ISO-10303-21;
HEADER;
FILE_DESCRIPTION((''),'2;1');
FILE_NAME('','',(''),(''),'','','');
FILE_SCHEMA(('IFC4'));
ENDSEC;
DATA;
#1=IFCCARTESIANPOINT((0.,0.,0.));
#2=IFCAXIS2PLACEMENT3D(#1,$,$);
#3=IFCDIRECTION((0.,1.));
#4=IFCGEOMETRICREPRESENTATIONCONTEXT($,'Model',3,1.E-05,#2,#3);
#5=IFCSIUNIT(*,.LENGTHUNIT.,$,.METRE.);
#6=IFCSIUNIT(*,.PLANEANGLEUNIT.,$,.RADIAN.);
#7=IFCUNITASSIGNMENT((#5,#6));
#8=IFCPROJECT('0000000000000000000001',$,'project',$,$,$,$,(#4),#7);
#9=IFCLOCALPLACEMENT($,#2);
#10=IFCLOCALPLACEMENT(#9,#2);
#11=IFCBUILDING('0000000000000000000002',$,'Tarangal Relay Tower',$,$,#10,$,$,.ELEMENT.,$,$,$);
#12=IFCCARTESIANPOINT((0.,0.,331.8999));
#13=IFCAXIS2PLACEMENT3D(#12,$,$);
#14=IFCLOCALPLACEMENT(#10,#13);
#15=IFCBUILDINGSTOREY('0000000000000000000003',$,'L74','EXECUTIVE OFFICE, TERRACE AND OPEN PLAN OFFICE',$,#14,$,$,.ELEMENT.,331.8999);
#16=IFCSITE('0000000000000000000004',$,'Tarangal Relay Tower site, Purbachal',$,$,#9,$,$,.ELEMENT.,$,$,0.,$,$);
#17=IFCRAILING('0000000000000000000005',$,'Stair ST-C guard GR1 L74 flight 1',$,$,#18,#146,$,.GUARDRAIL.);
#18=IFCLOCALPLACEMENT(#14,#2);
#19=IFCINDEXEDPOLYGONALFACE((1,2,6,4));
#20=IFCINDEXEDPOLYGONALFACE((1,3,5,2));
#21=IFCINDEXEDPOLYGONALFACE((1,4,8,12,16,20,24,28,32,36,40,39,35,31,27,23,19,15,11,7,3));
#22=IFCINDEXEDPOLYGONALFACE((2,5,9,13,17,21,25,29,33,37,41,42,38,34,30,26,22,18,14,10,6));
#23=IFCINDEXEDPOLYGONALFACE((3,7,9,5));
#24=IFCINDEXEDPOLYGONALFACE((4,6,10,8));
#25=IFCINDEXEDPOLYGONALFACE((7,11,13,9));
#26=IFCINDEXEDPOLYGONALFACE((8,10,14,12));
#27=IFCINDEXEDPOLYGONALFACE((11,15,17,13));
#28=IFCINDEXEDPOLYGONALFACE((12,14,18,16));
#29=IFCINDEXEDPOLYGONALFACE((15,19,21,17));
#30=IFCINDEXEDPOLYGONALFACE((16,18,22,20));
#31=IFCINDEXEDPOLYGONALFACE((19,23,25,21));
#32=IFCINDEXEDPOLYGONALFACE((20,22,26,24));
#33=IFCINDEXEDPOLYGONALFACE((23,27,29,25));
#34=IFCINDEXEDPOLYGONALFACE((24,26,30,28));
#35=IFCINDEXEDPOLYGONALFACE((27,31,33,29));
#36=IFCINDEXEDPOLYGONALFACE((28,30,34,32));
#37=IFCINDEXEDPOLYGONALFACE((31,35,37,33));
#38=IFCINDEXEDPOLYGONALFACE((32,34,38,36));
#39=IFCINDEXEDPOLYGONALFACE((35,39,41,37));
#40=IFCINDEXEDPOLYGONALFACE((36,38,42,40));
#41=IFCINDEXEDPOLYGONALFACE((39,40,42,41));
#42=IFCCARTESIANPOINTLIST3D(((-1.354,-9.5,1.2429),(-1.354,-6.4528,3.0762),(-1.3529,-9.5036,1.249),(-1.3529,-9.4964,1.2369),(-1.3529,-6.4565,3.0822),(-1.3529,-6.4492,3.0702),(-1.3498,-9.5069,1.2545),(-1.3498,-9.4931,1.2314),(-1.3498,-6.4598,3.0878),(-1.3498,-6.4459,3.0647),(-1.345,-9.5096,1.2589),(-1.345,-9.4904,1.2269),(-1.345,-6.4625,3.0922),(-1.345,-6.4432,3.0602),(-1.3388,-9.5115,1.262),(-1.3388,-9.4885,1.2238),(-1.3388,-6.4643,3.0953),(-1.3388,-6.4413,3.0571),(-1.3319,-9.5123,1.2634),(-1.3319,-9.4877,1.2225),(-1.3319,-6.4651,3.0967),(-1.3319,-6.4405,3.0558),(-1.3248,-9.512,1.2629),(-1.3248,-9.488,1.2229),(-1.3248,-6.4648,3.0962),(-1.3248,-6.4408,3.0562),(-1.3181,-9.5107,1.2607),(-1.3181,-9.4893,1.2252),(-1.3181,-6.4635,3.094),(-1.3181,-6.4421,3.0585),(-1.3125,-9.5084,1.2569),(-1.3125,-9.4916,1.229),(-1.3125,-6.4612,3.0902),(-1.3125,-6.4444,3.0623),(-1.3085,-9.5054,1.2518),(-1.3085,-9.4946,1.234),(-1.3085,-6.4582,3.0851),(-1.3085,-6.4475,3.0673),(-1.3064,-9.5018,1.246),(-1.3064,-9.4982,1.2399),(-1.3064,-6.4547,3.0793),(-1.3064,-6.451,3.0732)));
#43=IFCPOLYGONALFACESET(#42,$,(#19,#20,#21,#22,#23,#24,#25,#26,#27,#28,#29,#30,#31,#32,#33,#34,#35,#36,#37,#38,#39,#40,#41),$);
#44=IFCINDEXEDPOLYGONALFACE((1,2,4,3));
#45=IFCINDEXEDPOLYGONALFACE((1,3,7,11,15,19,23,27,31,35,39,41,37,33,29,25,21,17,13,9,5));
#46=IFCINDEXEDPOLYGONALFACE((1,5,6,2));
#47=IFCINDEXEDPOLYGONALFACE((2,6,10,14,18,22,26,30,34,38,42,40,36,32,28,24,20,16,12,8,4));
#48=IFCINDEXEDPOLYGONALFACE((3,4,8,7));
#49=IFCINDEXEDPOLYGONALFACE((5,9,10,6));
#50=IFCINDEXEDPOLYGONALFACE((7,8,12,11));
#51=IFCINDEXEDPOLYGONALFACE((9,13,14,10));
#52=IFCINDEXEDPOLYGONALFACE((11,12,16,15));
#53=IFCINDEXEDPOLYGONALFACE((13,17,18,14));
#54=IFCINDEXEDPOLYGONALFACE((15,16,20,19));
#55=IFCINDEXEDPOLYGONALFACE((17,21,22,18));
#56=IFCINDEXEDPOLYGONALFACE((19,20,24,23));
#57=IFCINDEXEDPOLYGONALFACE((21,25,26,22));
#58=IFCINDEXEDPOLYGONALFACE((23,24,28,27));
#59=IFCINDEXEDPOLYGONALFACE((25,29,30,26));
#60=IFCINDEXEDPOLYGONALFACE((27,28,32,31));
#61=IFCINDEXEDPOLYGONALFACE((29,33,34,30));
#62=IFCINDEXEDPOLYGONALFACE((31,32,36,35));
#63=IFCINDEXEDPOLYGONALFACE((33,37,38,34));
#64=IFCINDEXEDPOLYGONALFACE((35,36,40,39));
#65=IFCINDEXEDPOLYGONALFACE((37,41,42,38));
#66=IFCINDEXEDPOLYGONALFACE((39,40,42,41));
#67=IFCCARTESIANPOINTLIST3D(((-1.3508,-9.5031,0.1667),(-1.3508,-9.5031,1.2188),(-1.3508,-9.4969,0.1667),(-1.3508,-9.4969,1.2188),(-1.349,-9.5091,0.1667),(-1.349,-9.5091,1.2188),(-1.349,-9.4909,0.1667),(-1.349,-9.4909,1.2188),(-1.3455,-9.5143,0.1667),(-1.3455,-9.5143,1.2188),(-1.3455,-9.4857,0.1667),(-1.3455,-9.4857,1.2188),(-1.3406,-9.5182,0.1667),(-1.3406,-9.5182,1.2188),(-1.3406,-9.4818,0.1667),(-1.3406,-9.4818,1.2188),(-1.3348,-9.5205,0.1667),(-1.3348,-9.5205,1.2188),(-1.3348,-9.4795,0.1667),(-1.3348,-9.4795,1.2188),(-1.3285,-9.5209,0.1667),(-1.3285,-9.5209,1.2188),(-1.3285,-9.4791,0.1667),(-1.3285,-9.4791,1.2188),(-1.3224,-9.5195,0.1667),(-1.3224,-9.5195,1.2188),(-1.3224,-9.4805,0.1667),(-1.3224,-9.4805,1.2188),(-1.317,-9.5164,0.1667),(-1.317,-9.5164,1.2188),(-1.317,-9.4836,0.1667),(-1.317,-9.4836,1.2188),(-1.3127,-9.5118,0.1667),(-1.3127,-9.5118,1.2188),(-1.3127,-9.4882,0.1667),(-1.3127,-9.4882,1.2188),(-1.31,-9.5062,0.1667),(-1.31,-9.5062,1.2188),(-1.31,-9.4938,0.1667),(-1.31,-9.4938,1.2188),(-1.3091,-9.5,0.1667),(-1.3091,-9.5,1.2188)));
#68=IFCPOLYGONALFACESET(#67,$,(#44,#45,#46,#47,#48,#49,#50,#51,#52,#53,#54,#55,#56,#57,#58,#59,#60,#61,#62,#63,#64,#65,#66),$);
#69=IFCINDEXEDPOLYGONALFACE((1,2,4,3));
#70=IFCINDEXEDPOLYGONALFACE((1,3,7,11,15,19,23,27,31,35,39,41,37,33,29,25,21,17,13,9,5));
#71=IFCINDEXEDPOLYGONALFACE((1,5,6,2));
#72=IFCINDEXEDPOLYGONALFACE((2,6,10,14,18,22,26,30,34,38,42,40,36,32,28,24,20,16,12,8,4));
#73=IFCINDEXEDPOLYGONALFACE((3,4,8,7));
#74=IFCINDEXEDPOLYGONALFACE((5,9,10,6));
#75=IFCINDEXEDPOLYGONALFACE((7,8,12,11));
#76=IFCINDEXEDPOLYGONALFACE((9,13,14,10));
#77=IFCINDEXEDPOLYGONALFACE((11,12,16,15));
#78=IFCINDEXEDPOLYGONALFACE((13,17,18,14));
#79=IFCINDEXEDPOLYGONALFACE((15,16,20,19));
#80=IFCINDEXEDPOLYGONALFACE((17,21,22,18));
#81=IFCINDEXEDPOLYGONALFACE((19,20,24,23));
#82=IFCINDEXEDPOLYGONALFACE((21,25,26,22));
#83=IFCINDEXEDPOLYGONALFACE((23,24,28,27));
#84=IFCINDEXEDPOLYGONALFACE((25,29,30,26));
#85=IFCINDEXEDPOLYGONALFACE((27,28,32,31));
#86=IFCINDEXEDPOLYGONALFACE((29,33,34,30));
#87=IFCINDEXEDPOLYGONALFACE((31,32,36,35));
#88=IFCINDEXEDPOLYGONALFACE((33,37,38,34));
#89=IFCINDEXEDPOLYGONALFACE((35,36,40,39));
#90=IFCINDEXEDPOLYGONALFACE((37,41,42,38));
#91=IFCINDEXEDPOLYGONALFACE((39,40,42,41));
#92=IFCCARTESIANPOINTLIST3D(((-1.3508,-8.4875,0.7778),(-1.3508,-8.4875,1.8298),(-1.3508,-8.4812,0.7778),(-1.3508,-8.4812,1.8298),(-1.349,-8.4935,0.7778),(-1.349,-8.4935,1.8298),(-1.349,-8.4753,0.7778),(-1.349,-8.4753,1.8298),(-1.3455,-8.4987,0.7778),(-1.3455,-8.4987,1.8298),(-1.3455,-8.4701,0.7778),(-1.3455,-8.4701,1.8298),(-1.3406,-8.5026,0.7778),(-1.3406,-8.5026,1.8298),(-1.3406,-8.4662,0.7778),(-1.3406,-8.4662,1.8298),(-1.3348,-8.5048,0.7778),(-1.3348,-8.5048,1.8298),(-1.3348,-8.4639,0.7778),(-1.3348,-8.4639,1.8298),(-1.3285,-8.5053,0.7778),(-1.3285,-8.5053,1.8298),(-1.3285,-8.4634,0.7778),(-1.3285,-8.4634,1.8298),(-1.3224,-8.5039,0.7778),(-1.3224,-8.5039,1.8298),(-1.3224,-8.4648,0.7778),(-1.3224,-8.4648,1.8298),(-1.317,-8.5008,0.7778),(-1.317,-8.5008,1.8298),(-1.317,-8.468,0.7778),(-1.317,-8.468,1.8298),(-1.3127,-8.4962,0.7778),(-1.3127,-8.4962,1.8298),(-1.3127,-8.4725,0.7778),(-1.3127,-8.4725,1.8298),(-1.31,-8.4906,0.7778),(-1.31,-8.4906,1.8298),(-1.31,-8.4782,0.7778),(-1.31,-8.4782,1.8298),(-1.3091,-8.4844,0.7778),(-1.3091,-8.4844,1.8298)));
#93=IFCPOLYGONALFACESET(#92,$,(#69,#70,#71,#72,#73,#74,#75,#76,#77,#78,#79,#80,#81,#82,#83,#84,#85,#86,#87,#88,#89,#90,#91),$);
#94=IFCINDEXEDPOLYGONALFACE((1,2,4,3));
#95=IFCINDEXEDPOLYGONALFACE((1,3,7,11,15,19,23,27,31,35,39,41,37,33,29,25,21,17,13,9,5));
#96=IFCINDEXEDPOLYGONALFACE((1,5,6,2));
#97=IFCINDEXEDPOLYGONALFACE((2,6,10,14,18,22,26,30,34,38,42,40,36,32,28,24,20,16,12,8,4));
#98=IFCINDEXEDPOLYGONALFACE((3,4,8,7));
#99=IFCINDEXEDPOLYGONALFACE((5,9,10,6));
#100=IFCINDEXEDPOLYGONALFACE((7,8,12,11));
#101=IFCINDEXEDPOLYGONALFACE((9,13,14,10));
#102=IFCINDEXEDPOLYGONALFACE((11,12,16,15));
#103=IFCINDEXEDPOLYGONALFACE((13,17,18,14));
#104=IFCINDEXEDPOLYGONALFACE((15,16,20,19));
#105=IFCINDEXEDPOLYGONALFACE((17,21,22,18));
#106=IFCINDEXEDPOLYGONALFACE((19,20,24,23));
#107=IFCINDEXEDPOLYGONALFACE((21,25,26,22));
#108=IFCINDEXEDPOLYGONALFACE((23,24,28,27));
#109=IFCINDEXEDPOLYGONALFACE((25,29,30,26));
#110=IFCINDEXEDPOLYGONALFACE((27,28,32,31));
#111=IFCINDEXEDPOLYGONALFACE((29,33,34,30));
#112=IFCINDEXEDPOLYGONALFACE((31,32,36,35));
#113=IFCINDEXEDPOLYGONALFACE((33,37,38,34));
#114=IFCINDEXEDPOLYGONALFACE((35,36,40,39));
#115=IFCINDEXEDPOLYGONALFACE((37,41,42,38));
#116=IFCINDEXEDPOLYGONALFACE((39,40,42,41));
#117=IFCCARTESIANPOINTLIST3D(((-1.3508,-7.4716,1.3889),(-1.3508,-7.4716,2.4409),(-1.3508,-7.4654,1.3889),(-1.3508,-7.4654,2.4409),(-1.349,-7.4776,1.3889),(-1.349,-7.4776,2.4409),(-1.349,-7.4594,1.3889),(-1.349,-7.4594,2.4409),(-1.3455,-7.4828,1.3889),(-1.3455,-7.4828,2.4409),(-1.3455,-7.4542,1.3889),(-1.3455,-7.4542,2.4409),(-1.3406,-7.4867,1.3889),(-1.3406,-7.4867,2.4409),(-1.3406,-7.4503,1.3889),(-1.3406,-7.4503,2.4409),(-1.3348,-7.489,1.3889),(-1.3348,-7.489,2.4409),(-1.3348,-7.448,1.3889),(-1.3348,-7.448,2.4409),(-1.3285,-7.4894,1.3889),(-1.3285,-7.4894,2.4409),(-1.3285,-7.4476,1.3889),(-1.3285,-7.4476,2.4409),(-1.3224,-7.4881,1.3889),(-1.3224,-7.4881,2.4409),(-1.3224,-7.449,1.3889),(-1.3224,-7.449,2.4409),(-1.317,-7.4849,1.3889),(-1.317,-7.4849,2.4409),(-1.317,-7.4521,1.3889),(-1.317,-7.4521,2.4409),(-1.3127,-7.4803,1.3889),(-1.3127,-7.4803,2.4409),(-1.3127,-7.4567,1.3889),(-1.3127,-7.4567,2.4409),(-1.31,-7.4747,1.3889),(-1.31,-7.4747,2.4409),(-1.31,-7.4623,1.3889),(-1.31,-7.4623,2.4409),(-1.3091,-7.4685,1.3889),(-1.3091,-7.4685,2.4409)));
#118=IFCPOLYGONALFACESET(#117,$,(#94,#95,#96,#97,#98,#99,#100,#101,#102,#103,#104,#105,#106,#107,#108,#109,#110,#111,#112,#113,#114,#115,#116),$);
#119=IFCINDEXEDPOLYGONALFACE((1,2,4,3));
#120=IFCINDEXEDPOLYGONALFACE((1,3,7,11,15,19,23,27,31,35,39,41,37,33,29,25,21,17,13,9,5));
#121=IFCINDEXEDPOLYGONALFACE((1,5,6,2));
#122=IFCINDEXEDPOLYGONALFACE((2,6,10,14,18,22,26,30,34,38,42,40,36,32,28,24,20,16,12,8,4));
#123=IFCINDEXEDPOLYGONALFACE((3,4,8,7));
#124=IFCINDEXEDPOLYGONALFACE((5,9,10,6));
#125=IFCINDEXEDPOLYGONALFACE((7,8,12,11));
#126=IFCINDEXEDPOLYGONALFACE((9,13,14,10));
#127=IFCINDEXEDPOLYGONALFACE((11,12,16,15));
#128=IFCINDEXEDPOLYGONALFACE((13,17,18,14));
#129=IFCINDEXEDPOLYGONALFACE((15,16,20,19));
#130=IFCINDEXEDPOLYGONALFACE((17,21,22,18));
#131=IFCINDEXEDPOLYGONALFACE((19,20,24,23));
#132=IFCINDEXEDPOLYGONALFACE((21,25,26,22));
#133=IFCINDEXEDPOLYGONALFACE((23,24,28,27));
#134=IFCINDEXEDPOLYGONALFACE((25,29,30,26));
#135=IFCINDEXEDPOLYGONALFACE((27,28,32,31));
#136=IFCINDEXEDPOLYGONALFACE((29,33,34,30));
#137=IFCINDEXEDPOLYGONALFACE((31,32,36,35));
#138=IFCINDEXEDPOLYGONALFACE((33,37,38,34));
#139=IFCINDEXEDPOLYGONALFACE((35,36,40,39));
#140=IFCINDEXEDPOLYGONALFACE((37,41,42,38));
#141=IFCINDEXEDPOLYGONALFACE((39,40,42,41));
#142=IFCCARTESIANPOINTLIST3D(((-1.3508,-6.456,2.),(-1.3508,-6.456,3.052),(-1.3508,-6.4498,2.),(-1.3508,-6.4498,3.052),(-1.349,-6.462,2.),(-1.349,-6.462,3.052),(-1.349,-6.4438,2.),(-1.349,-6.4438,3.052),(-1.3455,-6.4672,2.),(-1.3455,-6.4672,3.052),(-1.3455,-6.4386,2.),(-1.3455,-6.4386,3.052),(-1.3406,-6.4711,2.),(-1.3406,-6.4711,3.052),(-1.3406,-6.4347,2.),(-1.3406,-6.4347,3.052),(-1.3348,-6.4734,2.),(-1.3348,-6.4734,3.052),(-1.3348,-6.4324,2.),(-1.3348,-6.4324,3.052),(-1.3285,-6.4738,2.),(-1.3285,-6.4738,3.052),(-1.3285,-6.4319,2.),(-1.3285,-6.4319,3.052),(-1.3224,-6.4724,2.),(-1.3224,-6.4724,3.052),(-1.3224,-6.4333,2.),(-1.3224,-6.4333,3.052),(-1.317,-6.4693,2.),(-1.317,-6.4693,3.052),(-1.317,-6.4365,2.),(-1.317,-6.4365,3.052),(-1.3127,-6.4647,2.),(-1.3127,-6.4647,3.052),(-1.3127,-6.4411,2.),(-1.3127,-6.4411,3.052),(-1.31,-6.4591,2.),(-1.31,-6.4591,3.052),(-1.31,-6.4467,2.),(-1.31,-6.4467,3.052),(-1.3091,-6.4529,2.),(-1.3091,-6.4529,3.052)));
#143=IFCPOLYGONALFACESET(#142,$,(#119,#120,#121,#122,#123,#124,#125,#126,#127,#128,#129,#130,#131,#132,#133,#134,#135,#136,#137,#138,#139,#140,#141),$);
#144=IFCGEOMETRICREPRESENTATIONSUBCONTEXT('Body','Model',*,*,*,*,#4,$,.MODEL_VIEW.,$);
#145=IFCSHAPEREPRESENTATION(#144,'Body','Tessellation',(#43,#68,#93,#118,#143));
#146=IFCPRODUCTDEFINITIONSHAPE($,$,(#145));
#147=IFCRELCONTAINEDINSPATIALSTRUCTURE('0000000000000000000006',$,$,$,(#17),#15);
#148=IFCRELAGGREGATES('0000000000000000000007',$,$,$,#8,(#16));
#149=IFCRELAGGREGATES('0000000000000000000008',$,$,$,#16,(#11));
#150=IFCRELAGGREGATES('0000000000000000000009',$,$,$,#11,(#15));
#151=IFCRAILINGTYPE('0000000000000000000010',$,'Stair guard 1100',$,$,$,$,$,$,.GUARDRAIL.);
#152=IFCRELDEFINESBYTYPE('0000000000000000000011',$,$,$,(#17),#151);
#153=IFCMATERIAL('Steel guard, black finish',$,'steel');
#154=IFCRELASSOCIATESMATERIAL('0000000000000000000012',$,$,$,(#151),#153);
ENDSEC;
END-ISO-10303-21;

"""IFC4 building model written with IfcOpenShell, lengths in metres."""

from ifc_helpers import new_model, si_unit, direction, frame, origin, origin_2d, place, context, subcontext, project, spatial, circle, extrude, material, type_object, element, save


model = new_model("IFC4")

# Units and contexts
model_context = context("Model", 3, precision=1e-05, world=origin(), true_north=direction((0.0, 1.0)))
body_context = subcontext(model_context, "Body", "Model", "MODEL_VIEW")
ifc_project = project(units=[si_unit("LENGTHUNIT", "METRE"), si_unit("PLANEANGLEUNIT", "RADIAN")], contexts=[model_context])

# Site, building, storey
site_placement = place(None, origin())
site = spatial("IfcSite", under=ifc_project, at=site_placement, Name="Tarangal Relay Tower site, Purbachal", CompositionType="ELEMENT", RefElevation=0.0)
building_placement = place(site_placement, origin())
building = spatial("IfcBuilding", under=site, at=building_placement, Name="Tarangal Relay Tower", CompositionType="ELEMENT")
storey_placement = place(building_placement, frame((0.0, 0.0, 331.8999)))
storey = spatial("IfcBuildingStorey", under=building, at=storey_placement, Name="L74", Description="EXECUTIVE OFFICE, TERRACE AND OPEN PLAN OFFICE", CompositionType="ELEMENT", Elevation=331.8999)

# Railing
ifc_material_1 = material(Name="Steel guard, black finish", Category="steel")
railing_type_1 = type_object("IfcRailingType", Name="Stair guard 1100", PredefinedType="GUARDRAIL", material=ifc_material_1)
railing_1_placement = place(storey_placement, frame((-1.3301, -9.5, 0.1667)))
element("IfcRailing", 1, at=railing_1_placement, inside=storey, type_object=railing_type_1, Name="Stair ST-C guard GR1 L74 flight 1", PredefinedType="GUARDRAIL", context=body_context, shape_type="SweptSolid", body=[
    extrude(circle(Radius=0.0239, at=origin_2d()), frame((0.0, 0.0, 1.0762), z_axis=(0.0, 0.856874, 0.515525), x_axis=(-1.0, 0.0, 0.0)), (0.0, 0.0, 1.0), 3.5562),
    extrude(circle(Radius=0.021, at=origin_2d()), origin(), (0.0, 0.0, 1.0), 1.052),
    extrude(circle(Radius=0.021, at=origin_2d()), frame((0.0, 1.0156, 0.6111)), (0.0, 0.0, 1.0), 1.052),
    extrude(circle(Radius=0.021, at=origin_2d()), frame((0.0, 2.0315, 1.2222)), (0.0, 0.0, 1.0), 1.052),
    extrude(circle(Radius=0.021, at=origin_2d()), frame((0.0, 3.0471, 1.8333)), (0.0, 0.0, 1.0), 1.052),
])

save(model, "model.ifc")
